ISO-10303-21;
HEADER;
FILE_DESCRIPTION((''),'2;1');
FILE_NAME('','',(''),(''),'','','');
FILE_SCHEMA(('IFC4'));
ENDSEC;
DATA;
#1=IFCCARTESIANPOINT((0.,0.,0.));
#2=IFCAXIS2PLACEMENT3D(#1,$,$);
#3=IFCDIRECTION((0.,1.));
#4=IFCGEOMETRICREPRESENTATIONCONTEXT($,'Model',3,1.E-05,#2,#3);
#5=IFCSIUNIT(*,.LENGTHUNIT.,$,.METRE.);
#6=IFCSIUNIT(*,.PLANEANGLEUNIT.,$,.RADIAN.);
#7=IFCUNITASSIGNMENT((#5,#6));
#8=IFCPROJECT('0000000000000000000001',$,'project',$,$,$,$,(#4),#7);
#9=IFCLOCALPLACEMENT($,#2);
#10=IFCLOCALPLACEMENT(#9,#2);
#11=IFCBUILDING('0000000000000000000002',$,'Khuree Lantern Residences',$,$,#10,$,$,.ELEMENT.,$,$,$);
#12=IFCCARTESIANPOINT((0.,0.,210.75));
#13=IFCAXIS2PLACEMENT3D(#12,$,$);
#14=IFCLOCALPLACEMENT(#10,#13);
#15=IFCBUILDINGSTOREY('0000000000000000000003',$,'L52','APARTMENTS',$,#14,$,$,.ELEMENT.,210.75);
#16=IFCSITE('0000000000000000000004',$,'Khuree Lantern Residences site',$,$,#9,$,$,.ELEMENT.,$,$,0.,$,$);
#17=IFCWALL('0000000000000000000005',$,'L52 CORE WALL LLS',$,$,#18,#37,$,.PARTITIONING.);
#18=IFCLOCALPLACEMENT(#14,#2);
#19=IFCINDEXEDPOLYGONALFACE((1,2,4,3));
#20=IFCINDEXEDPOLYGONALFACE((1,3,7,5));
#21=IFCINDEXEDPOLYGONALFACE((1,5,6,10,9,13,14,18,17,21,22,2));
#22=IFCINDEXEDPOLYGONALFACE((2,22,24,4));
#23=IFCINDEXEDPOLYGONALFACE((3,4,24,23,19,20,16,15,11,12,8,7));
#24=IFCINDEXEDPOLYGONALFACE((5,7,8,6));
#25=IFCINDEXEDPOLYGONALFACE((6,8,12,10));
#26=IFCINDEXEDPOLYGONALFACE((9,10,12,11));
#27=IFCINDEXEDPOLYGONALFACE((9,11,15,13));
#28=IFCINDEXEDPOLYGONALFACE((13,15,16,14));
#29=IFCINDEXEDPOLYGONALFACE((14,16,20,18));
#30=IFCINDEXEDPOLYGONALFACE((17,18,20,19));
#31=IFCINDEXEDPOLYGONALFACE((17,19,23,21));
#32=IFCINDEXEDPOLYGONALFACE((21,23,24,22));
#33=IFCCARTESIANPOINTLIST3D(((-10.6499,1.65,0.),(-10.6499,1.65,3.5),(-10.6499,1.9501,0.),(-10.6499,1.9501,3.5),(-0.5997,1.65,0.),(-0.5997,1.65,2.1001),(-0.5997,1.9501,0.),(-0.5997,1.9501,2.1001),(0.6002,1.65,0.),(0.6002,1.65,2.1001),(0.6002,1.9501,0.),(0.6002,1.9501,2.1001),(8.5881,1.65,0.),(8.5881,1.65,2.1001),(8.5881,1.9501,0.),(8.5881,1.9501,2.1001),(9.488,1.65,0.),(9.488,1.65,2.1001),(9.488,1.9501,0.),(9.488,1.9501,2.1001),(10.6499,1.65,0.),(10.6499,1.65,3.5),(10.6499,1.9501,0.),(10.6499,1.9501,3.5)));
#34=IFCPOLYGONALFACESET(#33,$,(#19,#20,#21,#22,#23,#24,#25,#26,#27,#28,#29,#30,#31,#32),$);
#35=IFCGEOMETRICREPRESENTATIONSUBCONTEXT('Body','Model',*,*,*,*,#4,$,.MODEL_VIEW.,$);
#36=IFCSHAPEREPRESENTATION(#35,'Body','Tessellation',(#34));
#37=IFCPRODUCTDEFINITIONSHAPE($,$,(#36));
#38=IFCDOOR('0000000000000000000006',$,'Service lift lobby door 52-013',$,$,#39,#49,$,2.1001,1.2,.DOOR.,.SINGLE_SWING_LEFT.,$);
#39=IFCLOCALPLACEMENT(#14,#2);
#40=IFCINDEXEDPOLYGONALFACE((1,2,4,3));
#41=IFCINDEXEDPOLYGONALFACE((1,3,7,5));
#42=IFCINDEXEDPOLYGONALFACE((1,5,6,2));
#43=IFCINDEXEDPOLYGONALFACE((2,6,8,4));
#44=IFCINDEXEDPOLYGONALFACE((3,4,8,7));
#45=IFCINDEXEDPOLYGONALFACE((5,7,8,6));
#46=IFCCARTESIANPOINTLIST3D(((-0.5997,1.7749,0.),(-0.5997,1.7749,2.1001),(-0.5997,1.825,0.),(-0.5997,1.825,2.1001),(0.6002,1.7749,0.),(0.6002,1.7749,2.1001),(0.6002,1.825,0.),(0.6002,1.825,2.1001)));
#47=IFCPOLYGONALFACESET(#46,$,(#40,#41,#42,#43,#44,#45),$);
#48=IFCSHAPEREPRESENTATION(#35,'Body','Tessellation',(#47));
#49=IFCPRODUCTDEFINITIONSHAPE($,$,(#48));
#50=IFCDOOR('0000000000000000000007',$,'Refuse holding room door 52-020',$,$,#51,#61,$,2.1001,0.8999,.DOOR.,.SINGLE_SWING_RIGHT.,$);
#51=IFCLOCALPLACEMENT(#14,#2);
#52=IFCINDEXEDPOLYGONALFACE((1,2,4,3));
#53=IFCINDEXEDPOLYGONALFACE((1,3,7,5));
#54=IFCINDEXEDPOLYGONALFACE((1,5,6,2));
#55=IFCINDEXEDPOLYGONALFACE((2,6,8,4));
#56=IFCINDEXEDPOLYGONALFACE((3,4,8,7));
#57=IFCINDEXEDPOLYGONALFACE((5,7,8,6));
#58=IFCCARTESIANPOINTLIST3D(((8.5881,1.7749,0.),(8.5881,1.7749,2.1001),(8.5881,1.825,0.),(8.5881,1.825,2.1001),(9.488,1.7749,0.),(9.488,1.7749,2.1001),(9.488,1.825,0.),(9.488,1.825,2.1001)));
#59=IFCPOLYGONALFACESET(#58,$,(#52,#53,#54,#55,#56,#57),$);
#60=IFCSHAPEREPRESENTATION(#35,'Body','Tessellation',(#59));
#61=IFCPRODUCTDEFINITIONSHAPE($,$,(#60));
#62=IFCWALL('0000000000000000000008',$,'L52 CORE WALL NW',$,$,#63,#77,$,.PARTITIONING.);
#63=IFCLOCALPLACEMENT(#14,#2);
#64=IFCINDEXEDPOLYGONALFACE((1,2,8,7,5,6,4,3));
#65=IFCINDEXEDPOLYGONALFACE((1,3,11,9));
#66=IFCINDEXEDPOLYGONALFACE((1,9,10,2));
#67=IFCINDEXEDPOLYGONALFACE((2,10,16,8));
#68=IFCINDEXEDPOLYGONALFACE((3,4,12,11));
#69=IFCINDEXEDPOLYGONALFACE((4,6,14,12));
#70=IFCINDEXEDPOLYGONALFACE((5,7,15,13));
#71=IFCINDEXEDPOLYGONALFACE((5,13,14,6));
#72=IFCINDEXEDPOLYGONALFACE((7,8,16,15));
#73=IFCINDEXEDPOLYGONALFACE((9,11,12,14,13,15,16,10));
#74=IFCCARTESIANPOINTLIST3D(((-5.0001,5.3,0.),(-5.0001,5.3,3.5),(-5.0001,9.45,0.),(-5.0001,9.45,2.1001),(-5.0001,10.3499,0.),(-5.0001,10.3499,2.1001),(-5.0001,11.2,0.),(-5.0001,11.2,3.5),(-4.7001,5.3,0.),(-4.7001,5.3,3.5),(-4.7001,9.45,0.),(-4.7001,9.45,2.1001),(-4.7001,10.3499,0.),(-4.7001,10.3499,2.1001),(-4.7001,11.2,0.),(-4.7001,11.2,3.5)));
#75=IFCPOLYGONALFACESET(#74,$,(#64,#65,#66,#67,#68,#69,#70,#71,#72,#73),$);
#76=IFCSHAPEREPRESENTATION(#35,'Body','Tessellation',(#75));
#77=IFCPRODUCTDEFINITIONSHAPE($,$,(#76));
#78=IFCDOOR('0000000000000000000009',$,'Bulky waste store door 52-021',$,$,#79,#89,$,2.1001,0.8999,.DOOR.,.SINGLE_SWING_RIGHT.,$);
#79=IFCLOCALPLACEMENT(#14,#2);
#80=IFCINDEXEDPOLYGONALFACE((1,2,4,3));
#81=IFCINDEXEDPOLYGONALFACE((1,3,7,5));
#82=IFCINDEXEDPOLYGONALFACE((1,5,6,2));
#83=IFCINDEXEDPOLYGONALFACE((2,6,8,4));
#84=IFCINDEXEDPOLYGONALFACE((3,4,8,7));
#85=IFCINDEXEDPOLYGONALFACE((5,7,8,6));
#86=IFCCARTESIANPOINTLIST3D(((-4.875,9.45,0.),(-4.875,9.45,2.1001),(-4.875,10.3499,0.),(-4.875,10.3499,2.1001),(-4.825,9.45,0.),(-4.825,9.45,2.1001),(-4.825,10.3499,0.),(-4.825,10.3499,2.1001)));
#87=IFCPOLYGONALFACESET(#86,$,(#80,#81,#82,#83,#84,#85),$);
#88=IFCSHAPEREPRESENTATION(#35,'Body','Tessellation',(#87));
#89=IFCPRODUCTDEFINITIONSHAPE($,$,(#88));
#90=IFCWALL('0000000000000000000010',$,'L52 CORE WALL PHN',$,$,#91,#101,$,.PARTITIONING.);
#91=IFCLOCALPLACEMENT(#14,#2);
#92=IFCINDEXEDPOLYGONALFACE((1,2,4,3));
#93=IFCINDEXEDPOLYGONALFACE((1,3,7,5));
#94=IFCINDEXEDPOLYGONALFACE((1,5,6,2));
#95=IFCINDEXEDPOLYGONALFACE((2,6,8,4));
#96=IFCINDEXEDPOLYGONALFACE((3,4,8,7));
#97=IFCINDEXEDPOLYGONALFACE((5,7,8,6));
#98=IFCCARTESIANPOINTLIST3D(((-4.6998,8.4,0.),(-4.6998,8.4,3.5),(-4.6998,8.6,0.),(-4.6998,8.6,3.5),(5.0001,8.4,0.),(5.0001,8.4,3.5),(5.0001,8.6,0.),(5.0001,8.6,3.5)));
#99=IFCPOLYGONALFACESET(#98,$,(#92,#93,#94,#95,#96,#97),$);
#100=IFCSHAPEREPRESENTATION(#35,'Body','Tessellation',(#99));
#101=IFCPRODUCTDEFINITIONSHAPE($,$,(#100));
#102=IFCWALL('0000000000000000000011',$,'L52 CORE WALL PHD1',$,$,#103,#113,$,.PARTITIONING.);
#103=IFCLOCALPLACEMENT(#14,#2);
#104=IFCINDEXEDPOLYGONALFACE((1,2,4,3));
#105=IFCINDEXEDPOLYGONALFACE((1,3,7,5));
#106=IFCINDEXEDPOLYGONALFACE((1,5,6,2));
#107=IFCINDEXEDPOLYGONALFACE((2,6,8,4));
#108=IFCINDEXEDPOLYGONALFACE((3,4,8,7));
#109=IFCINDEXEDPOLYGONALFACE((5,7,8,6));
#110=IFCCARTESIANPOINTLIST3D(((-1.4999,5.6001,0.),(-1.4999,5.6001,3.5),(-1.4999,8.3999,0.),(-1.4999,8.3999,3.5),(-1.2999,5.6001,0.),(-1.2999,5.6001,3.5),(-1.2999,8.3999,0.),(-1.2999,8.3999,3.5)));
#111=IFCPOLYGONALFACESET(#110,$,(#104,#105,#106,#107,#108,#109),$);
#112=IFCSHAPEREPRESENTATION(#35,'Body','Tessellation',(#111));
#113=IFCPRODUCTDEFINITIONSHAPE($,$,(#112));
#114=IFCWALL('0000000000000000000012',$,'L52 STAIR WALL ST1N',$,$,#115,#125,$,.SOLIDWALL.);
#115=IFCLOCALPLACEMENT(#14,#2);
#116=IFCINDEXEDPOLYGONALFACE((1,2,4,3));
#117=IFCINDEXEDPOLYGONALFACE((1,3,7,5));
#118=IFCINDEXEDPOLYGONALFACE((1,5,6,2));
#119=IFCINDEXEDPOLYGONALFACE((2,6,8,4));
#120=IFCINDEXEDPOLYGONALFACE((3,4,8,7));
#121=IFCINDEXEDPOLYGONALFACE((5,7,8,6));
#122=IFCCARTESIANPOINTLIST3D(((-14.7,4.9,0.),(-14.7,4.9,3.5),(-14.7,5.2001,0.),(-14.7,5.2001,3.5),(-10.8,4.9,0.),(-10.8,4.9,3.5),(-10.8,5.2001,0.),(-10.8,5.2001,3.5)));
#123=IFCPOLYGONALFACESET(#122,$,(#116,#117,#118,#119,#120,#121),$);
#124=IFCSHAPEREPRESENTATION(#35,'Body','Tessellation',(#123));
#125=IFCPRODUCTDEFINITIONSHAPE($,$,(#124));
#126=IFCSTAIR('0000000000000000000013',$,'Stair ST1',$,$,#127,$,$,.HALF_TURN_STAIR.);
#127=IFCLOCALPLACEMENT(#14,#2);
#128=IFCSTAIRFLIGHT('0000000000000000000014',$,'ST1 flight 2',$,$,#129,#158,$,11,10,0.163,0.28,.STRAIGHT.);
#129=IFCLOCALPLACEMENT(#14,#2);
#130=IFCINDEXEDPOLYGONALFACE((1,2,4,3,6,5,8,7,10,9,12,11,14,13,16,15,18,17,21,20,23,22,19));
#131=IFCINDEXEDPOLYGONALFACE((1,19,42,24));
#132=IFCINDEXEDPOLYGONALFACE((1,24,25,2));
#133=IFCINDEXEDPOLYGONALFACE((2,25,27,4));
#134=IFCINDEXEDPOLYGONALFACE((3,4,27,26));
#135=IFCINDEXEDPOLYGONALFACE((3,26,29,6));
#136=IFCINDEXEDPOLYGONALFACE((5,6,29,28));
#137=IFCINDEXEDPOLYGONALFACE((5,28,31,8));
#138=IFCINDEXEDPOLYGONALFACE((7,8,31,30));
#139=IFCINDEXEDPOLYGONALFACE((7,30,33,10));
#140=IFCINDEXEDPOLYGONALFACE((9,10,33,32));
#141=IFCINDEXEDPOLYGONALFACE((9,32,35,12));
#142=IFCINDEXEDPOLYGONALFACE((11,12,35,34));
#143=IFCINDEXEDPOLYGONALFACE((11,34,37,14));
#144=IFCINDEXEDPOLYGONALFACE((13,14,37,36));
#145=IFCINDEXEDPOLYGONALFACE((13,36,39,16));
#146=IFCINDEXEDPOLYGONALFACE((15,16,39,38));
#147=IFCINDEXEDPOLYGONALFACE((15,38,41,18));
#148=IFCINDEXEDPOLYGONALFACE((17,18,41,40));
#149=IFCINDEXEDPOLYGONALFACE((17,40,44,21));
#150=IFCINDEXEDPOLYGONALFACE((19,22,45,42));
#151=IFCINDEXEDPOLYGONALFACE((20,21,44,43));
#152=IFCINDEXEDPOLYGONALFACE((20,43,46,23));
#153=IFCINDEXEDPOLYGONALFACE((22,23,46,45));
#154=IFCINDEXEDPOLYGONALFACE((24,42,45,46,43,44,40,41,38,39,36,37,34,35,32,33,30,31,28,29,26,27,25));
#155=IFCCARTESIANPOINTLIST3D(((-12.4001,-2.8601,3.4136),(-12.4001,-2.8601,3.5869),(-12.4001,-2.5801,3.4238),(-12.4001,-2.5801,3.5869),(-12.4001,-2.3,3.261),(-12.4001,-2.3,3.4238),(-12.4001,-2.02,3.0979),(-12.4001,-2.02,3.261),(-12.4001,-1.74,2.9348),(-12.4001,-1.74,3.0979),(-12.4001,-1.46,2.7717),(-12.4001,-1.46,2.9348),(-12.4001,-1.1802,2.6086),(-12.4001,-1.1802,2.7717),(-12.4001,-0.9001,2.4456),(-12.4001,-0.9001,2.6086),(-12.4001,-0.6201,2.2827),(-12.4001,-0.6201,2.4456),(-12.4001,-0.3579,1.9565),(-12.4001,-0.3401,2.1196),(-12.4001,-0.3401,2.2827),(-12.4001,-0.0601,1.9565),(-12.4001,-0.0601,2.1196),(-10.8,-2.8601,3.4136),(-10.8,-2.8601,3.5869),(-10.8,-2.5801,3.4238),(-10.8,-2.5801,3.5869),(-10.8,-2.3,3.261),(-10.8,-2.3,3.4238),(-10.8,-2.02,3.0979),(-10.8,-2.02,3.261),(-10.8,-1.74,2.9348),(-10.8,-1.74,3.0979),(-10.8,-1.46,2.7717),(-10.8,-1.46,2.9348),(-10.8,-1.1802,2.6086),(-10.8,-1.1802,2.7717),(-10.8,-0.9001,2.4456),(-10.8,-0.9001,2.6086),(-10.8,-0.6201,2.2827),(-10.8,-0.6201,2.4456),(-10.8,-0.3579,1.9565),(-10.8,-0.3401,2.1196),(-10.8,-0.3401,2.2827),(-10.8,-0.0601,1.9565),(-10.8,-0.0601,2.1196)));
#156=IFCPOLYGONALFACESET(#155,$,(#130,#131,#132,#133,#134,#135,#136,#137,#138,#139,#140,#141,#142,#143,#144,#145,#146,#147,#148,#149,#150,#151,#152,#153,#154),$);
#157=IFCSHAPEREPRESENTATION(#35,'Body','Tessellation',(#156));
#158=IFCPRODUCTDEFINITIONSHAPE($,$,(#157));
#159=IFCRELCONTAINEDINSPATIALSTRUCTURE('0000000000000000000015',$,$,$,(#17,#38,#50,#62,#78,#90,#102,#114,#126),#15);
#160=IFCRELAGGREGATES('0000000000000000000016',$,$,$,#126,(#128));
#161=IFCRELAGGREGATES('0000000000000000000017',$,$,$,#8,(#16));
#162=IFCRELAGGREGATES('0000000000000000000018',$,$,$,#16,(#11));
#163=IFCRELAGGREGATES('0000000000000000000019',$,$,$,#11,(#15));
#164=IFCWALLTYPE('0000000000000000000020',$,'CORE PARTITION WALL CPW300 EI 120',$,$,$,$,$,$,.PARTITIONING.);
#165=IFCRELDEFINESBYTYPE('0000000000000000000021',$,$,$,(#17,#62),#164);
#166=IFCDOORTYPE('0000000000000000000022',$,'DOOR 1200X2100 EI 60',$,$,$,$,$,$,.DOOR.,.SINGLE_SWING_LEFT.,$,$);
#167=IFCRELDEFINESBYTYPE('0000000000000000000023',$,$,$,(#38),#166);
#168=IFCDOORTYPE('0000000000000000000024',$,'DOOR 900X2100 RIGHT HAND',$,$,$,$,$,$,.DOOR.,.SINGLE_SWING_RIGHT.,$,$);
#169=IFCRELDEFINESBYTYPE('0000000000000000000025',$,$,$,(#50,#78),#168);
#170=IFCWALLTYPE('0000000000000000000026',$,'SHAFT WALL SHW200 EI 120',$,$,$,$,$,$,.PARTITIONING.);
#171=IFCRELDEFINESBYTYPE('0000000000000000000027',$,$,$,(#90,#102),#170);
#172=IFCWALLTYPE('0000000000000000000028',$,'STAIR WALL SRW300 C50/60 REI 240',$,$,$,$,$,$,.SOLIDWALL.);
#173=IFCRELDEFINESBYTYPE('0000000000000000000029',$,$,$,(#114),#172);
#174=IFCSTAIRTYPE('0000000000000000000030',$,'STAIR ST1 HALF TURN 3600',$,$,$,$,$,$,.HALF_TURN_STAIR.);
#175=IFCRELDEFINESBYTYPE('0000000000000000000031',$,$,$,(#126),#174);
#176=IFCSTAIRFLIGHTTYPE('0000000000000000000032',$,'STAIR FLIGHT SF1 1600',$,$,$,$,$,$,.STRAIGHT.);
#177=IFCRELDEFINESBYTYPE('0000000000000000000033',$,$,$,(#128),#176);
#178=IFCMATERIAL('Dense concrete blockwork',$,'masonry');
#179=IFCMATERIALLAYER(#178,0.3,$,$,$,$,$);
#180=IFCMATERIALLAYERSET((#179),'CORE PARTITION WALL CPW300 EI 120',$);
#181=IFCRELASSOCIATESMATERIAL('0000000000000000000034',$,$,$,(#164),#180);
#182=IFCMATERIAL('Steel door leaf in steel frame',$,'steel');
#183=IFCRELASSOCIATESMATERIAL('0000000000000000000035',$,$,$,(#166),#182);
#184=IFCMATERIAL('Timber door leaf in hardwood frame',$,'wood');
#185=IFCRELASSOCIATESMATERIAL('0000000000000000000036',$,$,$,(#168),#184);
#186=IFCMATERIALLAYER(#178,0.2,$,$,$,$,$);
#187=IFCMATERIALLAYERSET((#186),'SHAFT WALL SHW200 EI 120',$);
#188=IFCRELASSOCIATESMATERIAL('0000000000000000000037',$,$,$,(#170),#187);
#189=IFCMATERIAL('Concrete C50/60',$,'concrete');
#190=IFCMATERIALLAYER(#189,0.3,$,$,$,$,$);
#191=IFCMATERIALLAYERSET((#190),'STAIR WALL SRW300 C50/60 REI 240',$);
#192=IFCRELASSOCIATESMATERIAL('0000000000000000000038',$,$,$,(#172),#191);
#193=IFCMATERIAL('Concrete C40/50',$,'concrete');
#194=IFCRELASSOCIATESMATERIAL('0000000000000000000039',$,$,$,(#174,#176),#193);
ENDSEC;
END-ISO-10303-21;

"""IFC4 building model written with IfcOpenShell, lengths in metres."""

from ifc_helpers import new_model, si_unit, direction, frame, frame_2d, origin, place, context, subcontext, project, spatial, polyline, rectangle, outline, extrude, material, layer, layer_set, type_object, element, fill, aggregate, save


model = new_model("IFC4")

# Units and contexts
model_context = context("Model", 3, precision=1e-05, world=origin(), true_north=direction((0.0, 1.0)))
body_context = subcontext(model_context, "Body", "Model", "MODEL_VIEW")
ifc_project = project(units=[si_unit("LENGTHUNIT", "METRE"), si_unit("PLANEANGLEUNIT", "RADIAN")], contexts=[model_context])

# Site, building, storey
site_placement = place(None, origin())
site = spatial("IfcSite", under=ifc_project, at=site_placement, Name="Khuree Lantern Residences site", CompositionType="ELEMENT", RefElevation=0.0)
building_placement = place(site_placement, origin())
building = spatial("IfcBuilding", under=site, at=building_placement, Name="Khuree Lantern Residences", CompositionType="ELEMENT")
storey_placement = place(building_placement, frame((0.0, 0.0, 210.75)))
storey = spatial("IfcBuildingStorey", under=building, at=storey_placement, Name="L52", Description="APARTMENTS", CompositionType="ELEMENT", Elevation=210.75)

# Shared definitions
ifc_material_1 = material(Name="Dense concrete blockwork", Category="masonry")
ifc_layer_1 = layer(ifc_material_1, 0.3)
ifc_layer_set_1 = layer_set([ifc_layer_1], Name="CORE PARTITION WALL CPW300 EI 120")
wall_type_1 = type_object("IfcWallType", Name="CORE PARTITION WALL CPW300 EI 120", PredefinedType="PARTITIONING", material=ifc_layer_set_1)

# Wall, openings, doors
wall_1_placement = place(storey_placement, frame((-10.6499, 1.8, 0.0), z_axis=(0.0, 0.0, 1.0), x_axis=(1.0, 0.0, 0.0)))
wall_1 = element("IfcWall", 1, at=wall_1_placement, inside=storey, type_object=wall_type_1, Name="L52 CORE WALL LLS", PredefinedType="PARTITIONING", context=body_context, shape_type="SweptSolid", body=[
    extrude(rectangle(XDim=21.2998, YDim=0.3, at=frame_2d((10.6499, 0.0))), origin(), (0.0, 0.0, 1.0), 3.5),
])
opening_1_placement = place(wall_1_placement, frame((10.05, 0.0, 0.0)))
opening_1 = element("IfcOpeningElement", 2, at=opening_1_placement, cuts=wall_1, PredefinedType="OPENING", context=body_context, shape_type="SweptSolid", body=[
    extrude(rectangle(XDim=1.2, YDim=2.1001, at=frame_2d((0.6001, 1.05))), frame((0.0, 0.1602, 0.0), z_axis=(0.0, -1.0, 0.0), x_axis=(1.0, 0.0, 0.0)), (0.0, 0.0, 1.0), 0.3201),
])
opening_2_placement = place(wall_1_placement, frame((19.238, 0.0, 0.0)))
opening_2 = element("IfcOpeningElement", 3, at=opening_2_placement, cuts=wall_1, PredefinedType="OPENING", context=body_context, shape_type="SweptSolid", body=[
    extrude(rectangle(XDim=0.8999, YDim=2.1001, at=frame_2d((0.45, 1.05))), frame((0.0, 0.1602, 0.0), z_axis=(0.0, -1.0, 0.0), x_axis=(1.0, 0.0, 0.0)), (0.0, 0.0, 1.0), 0.3201),
])
ifc_material_2 = material(Name="Steel door leaf in steel frame", Category="steel")
door_type_1 = type_object("IfcDoorType", Name="DOOR 1200X2100 EI 60", OperationType="SINGLE_SWING_LEFT", PredefinedType="DOOR", material=ifc_material_2)
door_1_placement = place(opening_1_placement, origin())
door_1 = element("IfcDoor", 4, at=door_1_placement, inside=storey, type_object=door_type_1, Name="Service lift lobby door 52-013", OperationType="SINGLE_SWING_LEFT", OverallHeight=2.1001, OverallWidth=1.2, PredefinedType="DOOR", context=body_context, shape_type="SweptSolid", body=[
    extrude(rectangle(XDim=1.2, YDim=2.1001, at=frame_2d((0.6001, 1.05))), frame((0.0, 0.0249, 0.0), z_axis=(0.0, -1.0, 0.0), x_axis=(1.0, 0.0, 0.0)), (0.0, 0.0, 1.0), 0.05),
])
fill(opening_1, door_1)
ifc_material_3 = material(Name="Timber door leaf in hardwood frame", Category="wood")
door_type_2 = type_object("IfcDoorType", Name="DOOR 900X2100 RIGHT HAND", OperationType="SINGLE_SWING_RIGHT", PredefinedType="DOOR", material=ifc_material_3)
door_2_placement = place(opening_2_placement, origin())
door_2 = element("IfcDoor", 5, at=door_2_placement, inside=storey, type_object=door_type_2, Name="Refuse holding room door 52-020", OperationType="SINGLE_SWING_RIGHT", OverallHeight=2.1001, OverallWidth=0.8999, PredefinedType="DOOR", context=body_context, shape_type="SweptSolid", body=[
    extrude(rectangle(XDim=0.8999, YDim=2.1001, at=frame_2d((0.45, 1.05))), frame((0.0, 0.0249, 0.0), z_axis=(0.0, -1.0, 0.0), x_axis=(1.0, 0.0, 0.0)), (0.0, 0.0, 1.0), 0.05),
])
fill(opening_2, door_2)

# Wall, opening, door
wall_2_placement = place(storey_placement, frame((-4.8501, 5.3, 0.0), z_axis=(0.0, 0.0, 1.0), x_axis=(0.0, 1.0, 0.0)))
wall_2 = element("IfcWall", 6, at=wall_2_placement, inside=storey, type_object=wall_type_1, Name="L52 CORE WALL NW", PredefinedType="PARTITIONING", context=body_context, shape_type="SweptSolid", body=[
    extrude(rectangle(XDim=5.8999, YDim=0.3, at=frame_2d((2.95, 0.0))), origin(), (0.0, 0.0, 1.0), 3.5),
])
opening_3_placement = place(wall_2_placement, frame((4.1499, 0.0, 0.0)))
opening_3 = element("IfcOpeningElement", 7, at=opening_3_placement, cuts=wall_2, PredefinedType="OPENING", context=body_context, shape_type="SweptSolid", body=[
    extrude(rectangle(XDim=0.8999, YDim=2.1001, at=frame_2d((0.45, 1.05))), frame((0.0, 0.1602, 0.0), z_axis=(0.0, -1.0, 0.0), x_axis=(1.0, 0.0, 0.0)), (0.0, 0.0, 1.0), 0.3201),
])
door_3_placement = place(opening_3_placement, origin())
door_3 = element("IfcDoor", 8, at=door_3_placement, inside=storey, type_object=door_type_2, Name="Bulky waste store door 52-021", OperationType="SINGLE_SWING_RIGHT", OverallHeight=2.1001, OverallWidth=0.8999, PredefinedType="DOOR", context=body_context, shape_type="SweptSolid", body=[
    extrude(rectangle(XDim=0.8999, YDim=2.1001, at=frame_2d((0.45, 1.05))), frame((0.0, 0.0249, 0.0), z_axis=(0.0, -1.0, 0.0), x_axis=(1.0, 0.0, 0.0)), (0.0, 0.0, 1.0), 0.05),
])
fill(opening_3, door_3)

# Walls
ifc_layer_2 = layer(ifc_material_1, 0.2)
ifc_layer_set_2 = layer_set([ifc_layer_2], Name="SHAFT WALL SHW200 EI 120")
wall_type_2 = type_object("IfcWallType", Name="SHAFT WALL SHW200 EI 120", PredefinedType="PARTITIONING", material=ifc_layer_set_2)
wall_3_placement = place(storey_placement, frame((-4.7, 8.5, 0.0), z_axis=(0.0, 0.0, 1.0), x_axis=(1.0, 0.0, 0.0)))
element("IfcWall", 9, at=wall_3_placement, inside=storey, type_object=wall_type_2, Name="L52 CORE WALL PHN", PredefinedType="PARTITIONING", context=body_context, shape_type="SweptSolid", body=[
    extrude(rectangle(XDim=9.7, YDim=0.2, at=frame_2d((4.8501, 0.0))), origin(), (0.0, 0.0, 1.0), 3.5),
])
wall_4_placement = place(storey_placement, frame((-1.3999, 5.6001, 0.0), z_axis=(0.0, 0.0, 1.0), x_axis=(0.0, 1.0, 0.0)))
element("IfcWall", 10, at=wall_4_placement, inside=storey, type_object=wall_type_2, Name="L52 CORE WALL PHD1", PredefinedType="PARTITIONING", context=body_context, shape_type="SweptSolid", body=[
    extrude(rectangle(XDim=2.7998, YDim=0.2, at=frame_2d((1.3999, 0.0))), origin(), (0.0, 0.0, 1.0), 3.5),
])
ifc_material_4 = material(Name="Concrete C50/60", Category="concrete")
ifc_layer_3 = layer(ifc_material_4, 0.3)
ifc_layer_set_3 = layer_set([ifc_layer_3], Name="STAIR WALL SRW300 C50/60 REI 240")
wall_type_3 = type_object("IfcWallType", Name="STAIR WALL SRW300 C50/60 REI 240", PredefinedType="SOLIDWALL", material=ifc_layer_set_3)
wall_5_placement = place(storey_placement, frame((-14.7, 5.05, 0.0), z_axis=(0.0, 0.0, 1.0), x_axis=(1.0, 0.0, 0.0)))
element("IfcWall", 11, at=wall_5_placement, inside=storey, type_object=wall_type_3, Name="L52 STAIR WALL ST1N", PredefinedType="SOLIDWALL", context=body_context, shape_type="SweptSolid", body=[
    extrude(rectangle(XDim=3.8999, YDim=0.3, at=frame_2d((1.95, 0.0))), origin(), (0.0, 0.0, 1.0), 3.5),
])

# Stair, stair flight
ifc_material_5 = material(Name="Concrete C40/50", Category="concrete")
stair_type = type_object("IfcStairType", Name="STAIR ST1 HALF TURN 3600", PredefinedType="HALF_TURN_STAIR", material=ifc_material_5)
stair_placement = place(storey_placement, origin())
stair = element("IfcStair", 12, at=stair_placement, inside=storey, type_object=stair_type, Name="Stair ST1", PredefinedType="HALF_TURN_STAIR")
stair_flight_type = type_object("IfcStairFlightType", Name="STAIR FLIGHT SF1 1600", PredefinedType="STRAIGHT", material=ifc_material_5)
stair_flight_placement = place(storey_placement, frame((-11.6001, -0.0601, 1.9565), z_axis=(0.0, 0.0, 1.0), x_axis=(0.0, -1.0, 0.0)))
stair_flight = element("IfcStairFlight", 13, at=stair_flight_placement, type_object=stair_flight_type, Name="ST1 flight 2", NumberOfRisers=11, NumberOfTreads=10, PredefinedType="STRAIGHT", RiserHeight=0.163, TreadLength=0.28, context=body_context, shape_type="SweptSolid", body=[
    extrude(outline(polyline([(0.0, 0.0), (0.0, 0.1631), (0.28, 0.1631), (0.28, 0.3262), (0.5601, 0.3262), (0.5601, 0.489), (0.8401, 0.489), (0.8401, 0.6521), (1.1201, 0.6521), (1.1201, 0.8152), (1.3999, 0.8152), (1.3999, 0.9783), (1.6799, 0.9783), (1.6799, 1.1414), (1.96, 1.1414), (1.96, 1.3044), (2.24, 1.3044), (2.24, 1.4673), (2.52, 1.4673), (2.52, 1.6304), (2.8, 1.6304), (2.8, 1.7935), (2.8, 1.457), (0.2979, 0.0), (0.0, 0.0)])), frame((0.0, 0.8, 0.0), z_axis=(0.0, -1.0, 0.0), x_axis=(1.0, 0.0, 0.0)), (0.0, 0.0, 1.0), 1.6001),
])
aggregate(stair, [stair_flight])

save(model, "model.ifc")
